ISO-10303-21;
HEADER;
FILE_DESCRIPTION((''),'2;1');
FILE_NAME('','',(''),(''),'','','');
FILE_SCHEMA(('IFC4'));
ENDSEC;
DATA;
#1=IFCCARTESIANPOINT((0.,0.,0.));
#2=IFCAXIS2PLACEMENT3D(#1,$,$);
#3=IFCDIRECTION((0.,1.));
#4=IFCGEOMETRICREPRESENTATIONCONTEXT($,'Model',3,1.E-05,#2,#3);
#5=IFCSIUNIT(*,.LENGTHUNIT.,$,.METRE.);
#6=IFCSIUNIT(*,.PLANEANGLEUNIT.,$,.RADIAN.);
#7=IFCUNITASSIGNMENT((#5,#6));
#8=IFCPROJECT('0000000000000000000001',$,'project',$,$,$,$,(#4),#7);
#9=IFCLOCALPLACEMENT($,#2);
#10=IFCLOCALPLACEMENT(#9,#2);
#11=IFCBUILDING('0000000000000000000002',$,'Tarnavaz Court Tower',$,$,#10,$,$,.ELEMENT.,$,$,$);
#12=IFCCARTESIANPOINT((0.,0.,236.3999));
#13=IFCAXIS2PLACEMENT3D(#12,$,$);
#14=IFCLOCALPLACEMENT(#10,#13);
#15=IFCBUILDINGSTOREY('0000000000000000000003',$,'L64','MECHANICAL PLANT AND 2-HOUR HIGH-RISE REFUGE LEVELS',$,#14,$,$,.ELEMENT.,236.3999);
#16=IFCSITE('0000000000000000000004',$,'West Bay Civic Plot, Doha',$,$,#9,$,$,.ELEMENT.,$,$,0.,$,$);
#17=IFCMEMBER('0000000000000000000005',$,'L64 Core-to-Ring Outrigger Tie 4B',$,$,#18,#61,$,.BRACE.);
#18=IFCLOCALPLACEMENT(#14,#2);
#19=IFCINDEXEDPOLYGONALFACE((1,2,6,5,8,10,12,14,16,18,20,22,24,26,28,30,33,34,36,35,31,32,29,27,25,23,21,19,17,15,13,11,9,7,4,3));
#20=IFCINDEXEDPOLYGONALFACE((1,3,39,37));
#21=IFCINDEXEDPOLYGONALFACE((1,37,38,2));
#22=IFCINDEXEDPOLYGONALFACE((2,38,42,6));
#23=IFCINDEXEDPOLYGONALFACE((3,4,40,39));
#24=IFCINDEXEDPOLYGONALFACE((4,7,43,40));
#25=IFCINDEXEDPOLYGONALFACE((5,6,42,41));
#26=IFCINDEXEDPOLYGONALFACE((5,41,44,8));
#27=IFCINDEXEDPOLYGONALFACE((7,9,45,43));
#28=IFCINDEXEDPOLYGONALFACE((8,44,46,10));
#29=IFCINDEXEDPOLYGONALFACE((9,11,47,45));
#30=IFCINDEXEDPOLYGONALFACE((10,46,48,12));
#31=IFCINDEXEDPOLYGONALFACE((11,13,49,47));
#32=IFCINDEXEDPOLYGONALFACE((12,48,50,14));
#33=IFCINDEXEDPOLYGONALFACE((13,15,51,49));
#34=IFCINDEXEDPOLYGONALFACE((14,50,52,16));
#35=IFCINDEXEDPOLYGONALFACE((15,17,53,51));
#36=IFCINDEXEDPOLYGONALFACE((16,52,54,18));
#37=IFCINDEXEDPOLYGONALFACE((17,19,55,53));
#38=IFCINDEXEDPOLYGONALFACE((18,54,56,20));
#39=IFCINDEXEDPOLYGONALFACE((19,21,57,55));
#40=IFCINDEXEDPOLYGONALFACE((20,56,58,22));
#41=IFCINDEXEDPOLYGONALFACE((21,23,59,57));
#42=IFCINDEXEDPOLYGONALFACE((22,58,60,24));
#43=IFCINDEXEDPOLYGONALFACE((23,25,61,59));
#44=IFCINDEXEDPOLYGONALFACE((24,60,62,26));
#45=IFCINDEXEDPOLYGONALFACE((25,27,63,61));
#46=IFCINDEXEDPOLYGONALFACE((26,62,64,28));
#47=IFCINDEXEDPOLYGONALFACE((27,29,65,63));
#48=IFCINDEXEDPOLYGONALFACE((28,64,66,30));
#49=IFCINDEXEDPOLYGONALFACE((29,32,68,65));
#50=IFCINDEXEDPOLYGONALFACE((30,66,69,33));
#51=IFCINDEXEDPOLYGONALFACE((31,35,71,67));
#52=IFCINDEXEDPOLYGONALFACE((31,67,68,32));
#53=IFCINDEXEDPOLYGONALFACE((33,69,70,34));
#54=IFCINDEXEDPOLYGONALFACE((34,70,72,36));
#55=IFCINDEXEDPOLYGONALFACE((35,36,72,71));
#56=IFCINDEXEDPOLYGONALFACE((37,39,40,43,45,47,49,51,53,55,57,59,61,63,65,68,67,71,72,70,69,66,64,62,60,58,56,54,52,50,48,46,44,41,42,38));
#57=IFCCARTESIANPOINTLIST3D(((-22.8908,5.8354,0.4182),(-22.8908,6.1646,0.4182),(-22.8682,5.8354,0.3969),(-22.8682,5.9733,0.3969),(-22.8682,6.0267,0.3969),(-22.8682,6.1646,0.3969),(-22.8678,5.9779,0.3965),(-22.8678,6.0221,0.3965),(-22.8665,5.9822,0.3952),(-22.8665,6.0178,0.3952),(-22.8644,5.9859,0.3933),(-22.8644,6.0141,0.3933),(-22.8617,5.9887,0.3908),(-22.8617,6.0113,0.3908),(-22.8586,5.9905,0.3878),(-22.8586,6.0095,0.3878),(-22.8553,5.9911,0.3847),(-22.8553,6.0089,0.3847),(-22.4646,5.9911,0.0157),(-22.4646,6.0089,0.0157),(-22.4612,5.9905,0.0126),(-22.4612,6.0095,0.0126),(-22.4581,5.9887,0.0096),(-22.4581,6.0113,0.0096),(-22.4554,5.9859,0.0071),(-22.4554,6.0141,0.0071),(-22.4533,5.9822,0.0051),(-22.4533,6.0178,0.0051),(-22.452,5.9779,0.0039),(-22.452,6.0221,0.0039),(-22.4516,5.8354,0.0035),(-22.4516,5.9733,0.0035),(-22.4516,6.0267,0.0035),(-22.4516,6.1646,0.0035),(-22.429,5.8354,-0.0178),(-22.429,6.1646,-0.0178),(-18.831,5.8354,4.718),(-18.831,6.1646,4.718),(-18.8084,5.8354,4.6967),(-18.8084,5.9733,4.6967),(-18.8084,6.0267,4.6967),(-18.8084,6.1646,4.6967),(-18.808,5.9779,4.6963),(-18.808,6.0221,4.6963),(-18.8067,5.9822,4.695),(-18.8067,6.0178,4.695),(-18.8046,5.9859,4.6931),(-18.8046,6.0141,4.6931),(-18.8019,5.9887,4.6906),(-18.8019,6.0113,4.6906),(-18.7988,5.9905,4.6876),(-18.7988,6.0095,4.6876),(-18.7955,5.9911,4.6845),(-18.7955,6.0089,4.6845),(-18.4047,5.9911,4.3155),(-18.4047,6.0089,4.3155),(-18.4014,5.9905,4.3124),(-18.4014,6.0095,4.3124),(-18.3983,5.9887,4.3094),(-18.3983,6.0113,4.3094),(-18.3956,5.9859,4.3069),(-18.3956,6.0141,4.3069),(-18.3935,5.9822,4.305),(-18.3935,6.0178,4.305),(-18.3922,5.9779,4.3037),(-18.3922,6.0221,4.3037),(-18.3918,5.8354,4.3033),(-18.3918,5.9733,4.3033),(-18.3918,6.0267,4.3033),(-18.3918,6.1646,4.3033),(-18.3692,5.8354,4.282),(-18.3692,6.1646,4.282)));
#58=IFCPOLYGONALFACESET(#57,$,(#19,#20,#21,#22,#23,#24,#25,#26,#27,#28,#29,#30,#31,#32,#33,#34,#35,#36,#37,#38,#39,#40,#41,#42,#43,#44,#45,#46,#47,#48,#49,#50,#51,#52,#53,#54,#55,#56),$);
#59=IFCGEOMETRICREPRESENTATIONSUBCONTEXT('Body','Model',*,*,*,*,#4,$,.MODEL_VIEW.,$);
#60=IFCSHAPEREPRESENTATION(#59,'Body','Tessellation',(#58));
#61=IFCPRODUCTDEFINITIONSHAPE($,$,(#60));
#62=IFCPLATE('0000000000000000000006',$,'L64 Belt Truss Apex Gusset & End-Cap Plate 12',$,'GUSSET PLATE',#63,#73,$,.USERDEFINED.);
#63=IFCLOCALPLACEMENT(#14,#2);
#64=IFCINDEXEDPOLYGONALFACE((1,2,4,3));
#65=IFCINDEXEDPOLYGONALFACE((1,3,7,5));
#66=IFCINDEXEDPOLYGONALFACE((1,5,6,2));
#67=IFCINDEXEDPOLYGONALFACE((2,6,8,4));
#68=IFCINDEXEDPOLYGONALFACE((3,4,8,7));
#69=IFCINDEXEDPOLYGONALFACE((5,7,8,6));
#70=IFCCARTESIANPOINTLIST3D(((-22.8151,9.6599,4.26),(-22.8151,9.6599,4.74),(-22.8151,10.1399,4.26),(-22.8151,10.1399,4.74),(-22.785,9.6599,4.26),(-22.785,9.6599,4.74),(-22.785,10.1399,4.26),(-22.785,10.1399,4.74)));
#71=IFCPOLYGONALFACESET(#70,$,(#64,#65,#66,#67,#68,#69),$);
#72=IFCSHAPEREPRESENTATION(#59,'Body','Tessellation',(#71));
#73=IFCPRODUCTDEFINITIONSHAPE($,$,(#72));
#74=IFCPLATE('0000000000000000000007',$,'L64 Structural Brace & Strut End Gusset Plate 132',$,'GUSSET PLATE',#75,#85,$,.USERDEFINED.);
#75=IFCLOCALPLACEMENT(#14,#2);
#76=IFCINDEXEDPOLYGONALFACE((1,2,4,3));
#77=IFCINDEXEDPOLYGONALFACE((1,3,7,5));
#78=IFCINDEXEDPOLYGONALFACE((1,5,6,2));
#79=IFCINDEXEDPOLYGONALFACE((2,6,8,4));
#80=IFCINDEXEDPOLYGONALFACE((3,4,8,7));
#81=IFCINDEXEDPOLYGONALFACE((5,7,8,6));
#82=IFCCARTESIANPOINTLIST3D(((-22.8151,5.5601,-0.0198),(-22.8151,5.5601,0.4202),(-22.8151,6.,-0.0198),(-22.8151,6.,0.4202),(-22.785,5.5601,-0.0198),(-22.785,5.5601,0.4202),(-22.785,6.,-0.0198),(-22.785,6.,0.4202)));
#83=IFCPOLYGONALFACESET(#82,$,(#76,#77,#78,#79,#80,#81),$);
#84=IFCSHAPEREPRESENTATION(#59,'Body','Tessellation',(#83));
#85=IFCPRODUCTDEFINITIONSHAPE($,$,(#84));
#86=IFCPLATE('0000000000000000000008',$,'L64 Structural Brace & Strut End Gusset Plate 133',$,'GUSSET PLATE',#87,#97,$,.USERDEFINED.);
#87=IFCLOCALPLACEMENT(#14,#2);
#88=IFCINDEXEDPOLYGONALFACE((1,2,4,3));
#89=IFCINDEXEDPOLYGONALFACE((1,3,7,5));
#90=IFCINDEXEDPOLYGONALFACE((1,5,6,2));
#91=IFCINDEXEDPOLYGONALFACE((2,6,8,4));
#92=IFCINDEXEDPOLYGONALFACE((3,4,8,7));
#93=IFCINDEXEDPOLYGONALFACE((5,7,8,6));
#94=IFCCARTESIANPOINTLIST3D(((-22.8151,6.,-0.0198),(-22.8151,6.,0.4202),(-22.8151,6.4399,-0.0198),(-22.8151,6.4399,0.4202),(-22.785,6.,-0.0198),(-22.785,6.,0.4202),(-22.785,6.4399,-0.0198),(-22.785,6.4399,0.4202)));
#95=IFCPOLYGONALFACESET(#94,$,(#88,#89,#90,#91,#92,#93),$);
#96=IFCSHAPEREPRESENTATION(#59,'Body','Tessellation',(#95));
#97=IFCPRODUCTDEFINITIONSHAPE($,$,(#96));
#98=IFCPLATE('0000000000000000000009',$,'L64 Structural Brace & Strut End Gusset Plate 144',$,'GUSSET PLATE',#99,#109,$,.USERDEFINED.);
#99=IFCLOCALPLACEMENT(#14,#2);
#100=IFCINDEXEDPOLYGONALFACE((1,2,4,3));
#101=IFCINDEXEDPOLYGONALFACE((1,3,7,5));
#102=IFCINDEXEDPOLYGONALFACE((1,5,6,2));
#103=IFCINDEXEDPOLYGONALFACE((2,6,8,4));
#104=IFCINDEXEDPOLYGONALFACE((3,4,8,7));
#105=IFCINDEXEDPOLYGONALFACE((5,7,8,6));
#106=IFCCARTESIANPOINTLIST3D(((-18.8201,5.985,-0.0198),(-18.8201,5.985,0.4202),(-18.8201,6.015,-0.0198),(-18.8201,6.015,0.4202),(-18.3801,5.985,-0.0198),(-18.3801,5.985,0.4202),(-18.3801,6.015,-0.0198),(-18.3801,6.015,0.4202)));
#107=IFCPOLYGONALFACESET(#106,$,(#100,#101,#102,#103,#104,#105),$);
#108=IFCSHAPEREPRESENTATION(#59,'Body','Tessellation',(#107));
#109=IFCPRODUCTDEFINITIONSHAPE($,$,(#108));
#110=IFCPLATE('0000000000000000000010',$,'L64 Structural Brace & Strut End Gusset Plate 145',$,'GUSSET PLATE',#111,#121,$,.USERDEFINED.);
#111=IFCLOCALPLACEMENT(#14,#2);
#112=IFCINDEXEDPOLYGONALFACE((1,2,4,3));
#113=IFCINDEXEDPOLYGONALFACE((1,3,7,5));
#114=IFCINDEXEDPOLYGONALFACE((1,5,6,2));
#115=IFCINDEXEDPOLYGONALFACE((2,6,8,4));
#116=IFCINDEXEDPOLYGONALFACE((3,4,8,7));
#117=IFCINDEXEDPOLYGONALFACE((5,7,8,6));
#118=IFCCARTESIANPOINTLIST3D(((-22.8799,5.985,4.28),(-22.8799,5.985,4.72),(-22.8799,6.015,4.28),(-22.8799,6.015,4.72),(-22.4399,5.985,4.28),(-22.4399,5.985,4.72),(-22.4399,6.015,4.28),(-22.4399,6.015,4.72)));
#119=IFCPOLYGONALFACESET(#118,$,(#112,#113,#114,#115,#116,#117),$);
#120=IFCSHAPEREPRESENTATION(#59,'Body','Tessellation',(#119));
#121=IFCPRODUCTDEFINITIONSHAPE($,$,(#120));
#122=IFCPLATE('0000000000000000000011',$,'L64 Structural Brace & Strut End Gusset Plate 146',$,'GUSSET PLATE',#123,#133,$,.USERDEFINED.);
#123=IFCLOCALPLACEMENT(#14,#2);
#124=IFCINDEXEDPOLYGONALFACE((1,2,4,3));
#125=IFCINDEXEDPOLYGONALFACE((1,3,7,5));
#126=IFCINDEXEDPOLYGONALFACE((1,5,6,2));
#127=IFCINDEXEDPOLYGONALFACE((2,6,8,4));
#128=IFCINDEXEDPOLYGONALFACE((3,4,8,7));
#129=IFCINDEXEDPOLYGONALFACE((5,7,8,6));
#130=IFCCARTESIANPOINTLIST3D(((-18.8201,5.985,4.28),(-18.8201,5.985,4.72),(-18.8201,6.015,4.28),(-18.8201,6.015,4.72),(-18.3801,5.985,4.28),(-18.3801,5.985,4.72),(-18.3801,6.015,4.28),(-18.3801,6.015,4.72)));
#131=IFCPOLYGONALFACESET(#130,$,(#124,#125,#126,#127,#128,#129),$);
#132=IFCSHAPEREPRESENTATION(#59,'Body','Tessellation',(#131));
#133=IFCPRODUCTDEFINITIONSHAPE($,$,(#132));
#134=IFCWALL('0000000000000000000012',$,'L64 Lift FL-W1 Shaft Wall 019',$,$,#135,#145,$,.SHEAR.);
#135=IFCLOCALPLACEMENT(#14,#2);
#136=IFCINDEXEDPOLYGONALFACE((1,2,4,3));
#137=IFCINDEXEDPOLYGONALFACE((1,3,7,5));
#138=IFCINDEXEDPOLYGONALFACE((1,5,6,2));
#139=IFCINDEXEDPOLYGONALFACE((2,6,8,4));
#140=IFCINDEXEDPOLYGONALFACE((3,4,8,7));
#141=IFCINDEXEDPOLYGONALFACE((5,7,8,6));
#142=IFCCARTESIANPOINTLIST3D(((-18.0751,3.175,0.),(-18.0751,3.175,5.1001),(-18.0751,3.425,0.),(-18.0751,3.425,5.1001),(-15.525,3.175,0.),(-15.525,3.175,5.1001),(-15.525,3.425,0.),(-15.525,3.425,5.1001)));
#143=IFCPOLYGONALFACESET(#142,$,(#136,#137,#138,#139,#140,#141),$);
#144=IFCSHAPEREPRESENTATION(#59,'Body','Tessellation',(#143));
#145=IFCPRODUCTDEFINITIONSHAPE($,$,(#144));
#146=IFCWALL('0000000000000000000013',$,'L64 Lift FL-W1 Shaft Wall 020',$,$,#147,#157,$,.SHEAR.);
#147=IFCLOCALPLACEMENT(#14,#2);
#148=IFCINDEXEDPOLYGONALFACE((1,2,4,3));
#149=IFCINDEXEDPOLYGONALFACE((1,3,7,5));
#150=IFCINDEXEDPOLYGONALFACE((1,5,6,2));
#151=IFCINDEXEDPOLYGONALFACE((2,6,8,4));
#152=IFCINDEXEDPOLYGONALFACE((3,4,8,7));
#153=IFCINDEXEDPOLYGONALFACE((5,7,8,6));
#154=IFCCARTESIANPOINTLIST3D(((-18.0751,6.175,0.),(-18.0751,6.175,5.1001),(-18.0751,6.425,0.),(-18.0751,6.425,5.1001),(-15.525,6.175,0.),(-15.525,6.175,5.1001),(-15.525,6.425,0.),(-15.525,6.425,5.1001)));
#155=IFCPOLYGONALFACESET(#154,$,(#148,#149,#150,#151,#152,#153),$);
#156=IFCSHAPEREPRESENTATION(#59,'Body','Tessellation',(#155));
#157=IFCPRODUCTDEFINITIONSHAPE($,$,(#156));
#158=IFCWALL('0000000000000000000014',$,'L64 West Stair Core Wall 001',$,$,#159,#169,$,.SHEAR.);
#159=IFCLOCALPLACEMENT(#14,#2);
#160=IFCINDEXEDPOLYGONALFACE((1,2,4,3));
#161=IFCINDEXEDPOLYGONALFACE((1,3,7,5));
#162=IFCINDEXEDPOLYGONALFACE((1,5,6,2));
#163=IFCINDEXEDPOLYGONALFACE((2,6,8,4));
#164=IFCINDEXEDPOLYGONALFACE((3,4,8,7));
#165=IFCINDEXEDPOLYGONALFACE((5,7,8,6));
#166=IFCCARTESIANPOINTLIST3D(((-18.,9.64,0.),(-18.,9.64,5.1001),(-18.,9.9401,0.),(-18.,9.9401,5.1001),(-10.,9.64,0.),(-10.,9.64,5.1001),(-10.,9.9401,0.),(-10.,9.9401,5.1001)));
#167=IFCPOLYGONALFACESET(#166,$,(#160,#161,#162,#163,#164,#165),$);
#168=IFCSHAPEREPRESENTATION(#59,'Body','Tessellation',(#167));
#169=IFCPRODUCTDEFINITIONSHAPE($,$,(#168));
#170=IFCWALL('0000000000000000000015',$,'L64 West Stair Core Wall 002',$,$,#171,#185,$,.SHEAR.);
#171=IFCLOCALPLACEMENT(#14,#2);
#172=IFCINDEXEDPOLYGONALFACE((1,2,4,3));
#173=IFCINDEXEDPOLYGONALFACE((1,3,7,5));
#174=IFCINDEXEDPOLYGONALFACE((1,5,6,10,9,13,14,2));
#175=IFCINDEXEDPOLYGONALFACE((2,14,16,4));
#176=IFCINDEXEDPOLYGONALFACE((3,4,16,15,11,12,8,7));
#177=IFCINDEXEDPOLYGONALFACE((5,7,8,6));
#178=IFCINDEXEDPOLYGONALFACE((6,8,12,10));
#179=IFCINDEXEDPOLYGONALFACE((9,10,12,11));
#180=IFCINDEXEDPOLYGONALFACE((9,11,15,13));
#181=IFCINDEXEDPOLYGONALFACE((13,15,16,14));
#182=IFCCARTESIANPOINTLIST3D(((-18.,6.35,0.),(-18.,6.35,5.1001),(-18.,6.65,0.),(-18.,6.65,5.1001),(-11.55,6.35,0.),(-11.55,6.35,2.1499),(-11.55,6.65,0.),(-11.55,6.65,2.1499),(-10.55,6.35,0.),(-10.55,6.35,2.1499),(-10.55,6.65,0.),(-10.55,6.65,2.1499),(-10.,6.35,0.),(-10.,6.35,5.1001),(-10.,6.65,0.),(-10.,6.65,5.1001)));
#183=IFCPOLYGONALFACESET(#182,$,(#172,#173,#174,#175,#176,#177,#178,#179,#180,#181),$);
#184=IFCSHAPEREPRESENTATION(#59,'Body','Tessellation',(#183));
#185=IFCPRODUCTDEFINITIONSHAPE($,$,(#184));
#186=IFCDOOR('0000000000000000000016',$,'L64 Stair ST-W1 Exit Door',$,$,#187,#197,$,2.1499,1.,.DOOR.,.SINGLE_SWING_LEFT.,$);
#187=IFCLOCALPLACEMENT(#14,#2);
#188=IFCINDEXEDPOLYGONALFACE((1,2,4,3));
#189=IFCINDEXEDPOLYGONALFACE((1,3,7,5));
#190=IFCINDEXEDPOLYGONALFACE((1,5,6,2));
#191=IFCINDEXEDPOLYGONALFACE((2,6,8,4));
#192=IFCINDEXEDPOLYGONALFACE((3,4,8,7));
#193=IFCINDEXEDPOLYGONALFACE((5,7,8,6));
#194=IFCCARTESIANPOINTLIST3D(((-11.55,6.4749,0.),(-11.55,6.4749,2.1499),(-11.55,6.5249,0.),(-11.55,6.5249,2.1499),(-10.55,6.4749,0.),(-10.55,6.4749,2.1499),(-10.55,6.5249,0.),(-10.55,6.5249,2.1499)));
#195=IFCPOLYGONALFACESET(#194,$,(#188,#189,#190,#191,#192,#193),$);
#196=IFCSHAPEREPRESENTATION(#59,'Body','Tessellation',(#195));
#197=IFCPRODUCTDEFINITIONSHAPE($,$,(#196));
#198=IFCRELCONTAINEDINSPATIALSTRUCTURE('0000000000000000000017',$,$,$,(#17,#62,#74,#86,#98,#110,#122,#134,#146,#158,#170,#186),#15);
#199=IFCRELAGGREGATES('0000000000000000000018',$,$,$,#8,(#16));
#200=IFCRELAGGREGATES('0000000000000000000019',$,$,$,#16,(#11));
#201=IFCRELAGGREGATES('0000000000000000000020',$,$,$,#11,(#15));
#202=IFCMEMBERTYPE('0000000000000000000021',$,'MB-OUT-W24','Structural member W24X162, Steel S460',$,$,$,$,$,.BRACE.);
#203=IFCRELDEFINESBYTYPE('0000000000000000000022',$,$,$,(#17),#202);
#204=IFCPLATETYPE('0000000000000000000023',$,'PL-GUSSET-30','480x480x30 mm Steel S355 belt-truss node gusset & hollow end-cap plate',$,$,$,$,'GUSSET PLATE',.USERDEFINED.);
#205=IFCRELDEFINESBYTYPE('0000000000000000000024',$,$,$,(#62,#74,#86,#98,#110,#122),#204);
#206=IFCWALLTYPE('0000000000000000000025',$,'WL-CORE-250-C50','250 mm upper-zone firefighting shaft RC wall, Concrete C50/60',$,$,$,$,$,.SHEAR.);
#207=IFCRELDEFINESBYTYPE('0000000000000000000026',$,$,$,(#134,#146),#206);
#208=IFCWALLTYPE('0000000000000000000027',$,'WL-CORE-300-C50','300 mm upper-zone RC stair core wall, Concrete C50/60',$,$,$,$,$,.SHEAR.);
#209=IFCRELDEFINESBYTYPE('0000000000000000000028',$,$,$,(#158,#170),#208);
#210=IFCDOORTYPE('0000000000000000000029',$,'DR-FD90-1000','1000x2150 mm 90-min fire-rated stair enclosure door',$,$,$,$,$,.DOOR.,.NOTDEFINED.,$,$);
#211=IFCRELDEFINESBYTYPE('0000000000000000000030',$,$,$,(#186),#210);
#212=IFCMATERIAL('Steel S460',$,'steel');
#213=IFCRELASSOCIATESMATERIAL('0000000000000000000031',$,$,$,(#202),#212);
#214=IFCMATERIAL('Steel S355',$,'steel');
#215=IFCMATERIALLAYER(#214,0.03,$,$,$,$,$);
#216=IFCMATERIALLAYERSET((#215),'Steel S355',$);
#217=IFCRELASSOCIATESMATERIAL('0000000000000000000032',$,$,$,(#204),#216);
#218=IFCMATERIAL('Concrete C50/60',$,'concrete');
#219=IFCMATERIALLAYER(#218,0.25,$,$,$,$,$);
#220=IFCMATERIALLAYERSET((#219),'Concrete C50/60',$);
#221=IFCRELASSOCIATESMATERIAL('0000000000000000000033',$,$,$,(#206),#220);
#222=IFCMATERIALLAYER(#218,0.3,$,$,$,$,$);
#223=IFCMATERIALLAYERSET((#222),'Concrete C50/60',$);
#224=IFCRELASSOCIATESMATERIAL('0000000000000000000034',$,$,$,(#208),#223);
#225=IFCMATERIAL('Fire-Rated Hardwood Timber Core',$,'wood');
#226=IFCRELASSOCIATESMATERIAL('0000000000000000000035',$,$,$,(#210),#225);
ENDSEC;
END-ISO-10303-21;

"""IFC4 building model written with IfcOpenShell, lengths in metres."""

from ifc_helpers import new_model, si_unit, direction, frame, frame_2d, origin, origin_2d, place, context, subcontext, project, spatial, rectangle, i_section, extrude, material, layer, layer_set, material_profile, profile_set, type_object, element, fill, save


model = new_model("IFC4")

# Units and contexts
model_context = context("Model", 3, precision=1e-05, world=origin(), true_north=direction((0.0, 1.0)))
body_context = subcontext(model_context, "Body", "Model", "MODEL_VIEW")
ifc_project = project(units=[si_unit("LENGTHUNIT", "METRE"), si_unit("PLANEANGLEUNIT", "RADIAN")], contexts=[model_context])

# Site, building, storey
site_placement = place(None, origin())
site = spatial("IfcSite", under=ifc_project, at=site_placement, Name="West Bay Civic Plot, Doha", CompositionType="ELEMENT", RefElevation=0.0)
building_placement = place(site_placement, origin())
building = spatial("IfcBuilding", under=site, at=building_placement, Name="Tarnavaz Court Tower", CompositionType="ELEMENT")
storey_placement = place(building_placement, frame((0.0, 0.0, 236.3999)))
storey = spatial("IfcBuildingStorey", under=building, at=storey_placement, Name="L64", Description="MECHANICAL PLANT AND 2-HOUR HIGH-RISE REFUGE LEVELS", CompositionType="ELEMENT", Elevation=236.3999)

# Shared definitions
ifc_material_1 = material(Name="Steel S460", Category="steel")

# Shared definitions
ifc_material_2 = material(Name="Concrete C50/60", Category="concrete")

# Member
ifc_material_profile_1 = material_profile(ifc_material_1, i_section(OverallWidth=0.3291, OverallDepth=0.635, WebThickness=0.0178, FlangeThickness=0.031, FilletRadius=0.0178, at=origin_2d()), Name="W24X162")
ifc_profile_set_1 = profile_set([ifc_material_profile_1], Name="Steel S460")
member_type_1 = type_object("IfcMemberType", Name="MB-OUT-W24", Description="Structural member W24X162, Steel S460", PredefinedType="BRACE", material=ifc_profile_set_1)
for number, where, z_axis, x_axis, name in (
    (1, (-18.6001, 6.0, 4.5), (-0.686524, 0.0, -0.727107), (0.0, -1.0, 0.0), "L64 Core-to-Ring Outrigger Tie 4B"),
):
    element("IfcMember", number, at=place(storey_placement, frame(where, z_axis=z_axis, x_axis=x_axis)), inside=storey, type_object=member_type_1, Name=name, PredefinedType="BRACE", context=body_context, shape_type="SweptSolid", body=[
        extrude(i_section(OverallWidth=0.3291, OverallDepth=0.635, WebThickness=0.0178, FlangeThickness=0.031, FilletRadius=0.0178, at=origin_2d()), origin(), (0.0, 0.0, 1.0), 5.9136),
    ])

# Plates
ifc_material_3 = material(Name="Steel S355", Category="steel")
ifc_layer_1 = layer(ifc_material_3, 0.03)
ifc_layer_set_1 = layer_set([ifc_layer_1], Name="Steel S355")
plate_type = type_object("IfcPlateType", Name="PL-GUSSET-30", Description="480x480x30 mm Steel S355 belt-truss node gusset & hollow end-cap plate", ElementType="GUSSET PLATE", PredefinedType="USERDEFINED", material=ifc_layer_set_1)
plate_placement = place(storey_placement, frame((-22.8, 9.8999, 4.26), z_axis=(0.0, 0.0, 1.0), x_axis=(0.0, 1.0, 0.0)))
element("IfcPlate", 2, at=plate_placement, inside=storey, type_object=plate_type, Name="L64 Belt Truss Apex Gusset & End-Cap Plate 12", ObjectType="GUSSET PLATE", PredefinedType="USERDEFINED", context=body_context, shape_type="SweptSolid", body=[
    extrude(rectangle(XDim=0.48, YDim=0.03, at=origin_2d()), origin(), (0.0, 0.0, 1.0), 0.48),
])
for number, where, z_axis, x_axis, name in (
    (3, (-22.8, 5.78, -0.0198), (0.0, 0.0, 1.0), (0.0, 1.0, 0.0), "L64 Structural Brace & Strut End Gusset Plate 132"),
    (4, (-22.8, 6.22, -0.0198), (0.0, 0.0, 1.0), (0.0, 1.0, 0.0), "L64 Structural Brace & Strut End Gusset Plate 133"),
    (5, (-18.6001, 6.0, -0.0198), (0.0, 0.0, 1.0), (1.0, 0.0, 0.0), "L64 Structural Brace & Strut End Gusset Plate 144"),
    (6, (-22.6599, 6.0, 4.28), (0.0, 0.0, 1.0), (1.0, 0.0, 0.0), "L64 Structural Brace & Strut End Gusset Plate 145"),
    (7, (-18.6001, 6.0, 4.28), (0.0, 0.0, 1.0), (1.0, 0.0, 0.0), "L64 Structural Brace & Strut End Gusset Plate 146"),
):
    element("IfcPlate", number, at=place(storey_placement, frame(where, z_axis=z_axis, x_axis=x_axis)), inside=storey, type_object=plate_type, Name=name, ObjectType="GUSSET PLATE", PredefinedType="USERDEFINED", context=body_context, shape_type="SweptSolid", body=[
        extrude(rectangle(XDim=0.4399, YDim=0.03, at=origin_2d()), origin(), (0.0, 0.0, 1.0), 0.4399),
    ])

# Walls
ifc_layer_2 = layer(ifc_material_2, 0.25)
ifc_layer_set_2 = layer_set([ifc_layer_2], Name="Concrete C50/60")
wall_type_1 = type_object("IfcWallType", Name="WL-CORE-250-C50", Description="250 mm upper-zone firefighting shaft RC wall, Concrete C50/60", PredefinedType="SHEAR", material=ifc_layer_set_2)
for number, where, z_axis, x_axis, name in (
    (8, (-18.075, 3.3, 0.0), (0.0, 0.0, 1.0), (1.0, 0.0, 0.0), "L64 Lift FL-W1 Shaft Wall 019"),
    (9, (-18.075, 6.3, 0.0), (0.0, 0.0, 1.0), (1.0, 0.0, 0.0), "L64 Lift FL-W1 Shaft Wall 020"),
):
    element("IfcWall", number, at=place(storey_placement, frame(where, z_axis=z_axis, x_axis=x_axis)), inside=storey, type_object=wall_type_1, Name=name, PredefinedType="SHEAR", context=body_context, shape_type="SweptSolid", body=[
        extrude(rectangle(XDim=2.55, YDim=0.25, at=frame_2d((1.2749, 0.0))), origin(), (0.0, 0.0, 1.0), 5.1001),
    ])
ifc_layer_3 = layer(ifc_material_2, 0.3)
ifc_layer_set_3 = layer_set([ifc_layer_3], Name="Concrete C50/60")
wall_type_2 = type_object("IfcWallType", Name="WL-CORE-300-C50", Description="300 mm upper-zone RC stair core wall, Concrete C50/60", PredefinedType="SHEAR", material=ifc_layer_set_3)
wall_1_placement = place(storey_placement, frame((-18.0, 9.79, 0.0), z_axis=(0.0, 0.0, 1.0), x_axis=(1.0, 0.0, 0.0)))
element("IfcWall", 10, at=wall_1_placement, inside=storey, type_object=wall_type_2, Name="L64 West Stair Core Wall 001", PredefinedType="SHEAR", context=body_context, shape_type="SweptSolid", body=[
    extrude(rectangle(XDim=8.0, YDim=0.3, at=frame_2d((4.0, 0.0))), origin(), (0.0, 0.0, 1.0), 5.1001),
])

# Wall, opening, door
wall_2_placement = place(storey_placement, frame((-18.0, 6.5, 0.0), z_axis=(0.0, 0.0, 1.0), x_axis=(1.0, 0.0, 0.0)))
wall_2 = element("IfcWall", 11, at=wall_2_placement, inside=storey, type_object=wall_type_2, Name="L64 West Stair Core Wall 002", PredefinedType="SHEAR", context=body_context, shape_type="SweptSolid", body=[
    extrude(rectangle(XDim=8.0, YDim=0.3, at=frame_2d((4.0, 0.0))), origin(), (0.0, 0.0, 1.0), 5.1001),
])
opening_1_placement = place(wall_2_placement, frame((6.45, 0.0, 0.0)))
opening_1 = element("IfcOpeningElement", 12, at=opening_1_placement, cuts=wall_2, PredefinedType="OPENING", context=body_context, shape_type="SweptSolid", body=[
    extrude(rectangle(XDim=1.0, YDim=2.1499, at=frame_2d((0.5, 1.075))), frame((0.0, 0.1599, 0.0), z_axis=(0.0, -1.0, 0.0), x_axis=(1.0, 0.0, 0.0)), (0.0, 0.0, 1.0), 0.3201),
])
ifc_material_4 = material(Name="Fire-Rated Hardwood Timber Core", Category="wood")
door_type_1 = type_object("IfcDoorType", Name="DR-FD90-1000", Description="1000x2150 mm 90-min fire-rated stair enclosure door", OperationType="NOTDEFINED", PredefinedType="DOOR", material=ifc_material_4)
door_1_placement = place(opening_1_placement, origin())
door_1 = element("IfcDoor", 13, at=door_1_placement, inside=storey, type_object=door_type_1, Name="L64 Stair ST-W1 Exit Door", OperationType="SINGLE_SWING_LEFT", OverallHeight=2.1499, OverallWidth=1.0, PredefinedType="DOOR", context=body_context, shape_type="SweptSolid", body=[
    extrude(rectangle(XDim=1.0, YDim=2.1499, at=frame_2d((0.5, 1.075))), frame((0.0, 0.0249, 0.0), z_axis=(0.0, -1.0, 0.0), x_axis=(1.0, 0.0, 0.0)), (0.0, 0.0, 1.0), 0.05),
])
fill(opening_1, door_1)

save(model, "model.ifc")
